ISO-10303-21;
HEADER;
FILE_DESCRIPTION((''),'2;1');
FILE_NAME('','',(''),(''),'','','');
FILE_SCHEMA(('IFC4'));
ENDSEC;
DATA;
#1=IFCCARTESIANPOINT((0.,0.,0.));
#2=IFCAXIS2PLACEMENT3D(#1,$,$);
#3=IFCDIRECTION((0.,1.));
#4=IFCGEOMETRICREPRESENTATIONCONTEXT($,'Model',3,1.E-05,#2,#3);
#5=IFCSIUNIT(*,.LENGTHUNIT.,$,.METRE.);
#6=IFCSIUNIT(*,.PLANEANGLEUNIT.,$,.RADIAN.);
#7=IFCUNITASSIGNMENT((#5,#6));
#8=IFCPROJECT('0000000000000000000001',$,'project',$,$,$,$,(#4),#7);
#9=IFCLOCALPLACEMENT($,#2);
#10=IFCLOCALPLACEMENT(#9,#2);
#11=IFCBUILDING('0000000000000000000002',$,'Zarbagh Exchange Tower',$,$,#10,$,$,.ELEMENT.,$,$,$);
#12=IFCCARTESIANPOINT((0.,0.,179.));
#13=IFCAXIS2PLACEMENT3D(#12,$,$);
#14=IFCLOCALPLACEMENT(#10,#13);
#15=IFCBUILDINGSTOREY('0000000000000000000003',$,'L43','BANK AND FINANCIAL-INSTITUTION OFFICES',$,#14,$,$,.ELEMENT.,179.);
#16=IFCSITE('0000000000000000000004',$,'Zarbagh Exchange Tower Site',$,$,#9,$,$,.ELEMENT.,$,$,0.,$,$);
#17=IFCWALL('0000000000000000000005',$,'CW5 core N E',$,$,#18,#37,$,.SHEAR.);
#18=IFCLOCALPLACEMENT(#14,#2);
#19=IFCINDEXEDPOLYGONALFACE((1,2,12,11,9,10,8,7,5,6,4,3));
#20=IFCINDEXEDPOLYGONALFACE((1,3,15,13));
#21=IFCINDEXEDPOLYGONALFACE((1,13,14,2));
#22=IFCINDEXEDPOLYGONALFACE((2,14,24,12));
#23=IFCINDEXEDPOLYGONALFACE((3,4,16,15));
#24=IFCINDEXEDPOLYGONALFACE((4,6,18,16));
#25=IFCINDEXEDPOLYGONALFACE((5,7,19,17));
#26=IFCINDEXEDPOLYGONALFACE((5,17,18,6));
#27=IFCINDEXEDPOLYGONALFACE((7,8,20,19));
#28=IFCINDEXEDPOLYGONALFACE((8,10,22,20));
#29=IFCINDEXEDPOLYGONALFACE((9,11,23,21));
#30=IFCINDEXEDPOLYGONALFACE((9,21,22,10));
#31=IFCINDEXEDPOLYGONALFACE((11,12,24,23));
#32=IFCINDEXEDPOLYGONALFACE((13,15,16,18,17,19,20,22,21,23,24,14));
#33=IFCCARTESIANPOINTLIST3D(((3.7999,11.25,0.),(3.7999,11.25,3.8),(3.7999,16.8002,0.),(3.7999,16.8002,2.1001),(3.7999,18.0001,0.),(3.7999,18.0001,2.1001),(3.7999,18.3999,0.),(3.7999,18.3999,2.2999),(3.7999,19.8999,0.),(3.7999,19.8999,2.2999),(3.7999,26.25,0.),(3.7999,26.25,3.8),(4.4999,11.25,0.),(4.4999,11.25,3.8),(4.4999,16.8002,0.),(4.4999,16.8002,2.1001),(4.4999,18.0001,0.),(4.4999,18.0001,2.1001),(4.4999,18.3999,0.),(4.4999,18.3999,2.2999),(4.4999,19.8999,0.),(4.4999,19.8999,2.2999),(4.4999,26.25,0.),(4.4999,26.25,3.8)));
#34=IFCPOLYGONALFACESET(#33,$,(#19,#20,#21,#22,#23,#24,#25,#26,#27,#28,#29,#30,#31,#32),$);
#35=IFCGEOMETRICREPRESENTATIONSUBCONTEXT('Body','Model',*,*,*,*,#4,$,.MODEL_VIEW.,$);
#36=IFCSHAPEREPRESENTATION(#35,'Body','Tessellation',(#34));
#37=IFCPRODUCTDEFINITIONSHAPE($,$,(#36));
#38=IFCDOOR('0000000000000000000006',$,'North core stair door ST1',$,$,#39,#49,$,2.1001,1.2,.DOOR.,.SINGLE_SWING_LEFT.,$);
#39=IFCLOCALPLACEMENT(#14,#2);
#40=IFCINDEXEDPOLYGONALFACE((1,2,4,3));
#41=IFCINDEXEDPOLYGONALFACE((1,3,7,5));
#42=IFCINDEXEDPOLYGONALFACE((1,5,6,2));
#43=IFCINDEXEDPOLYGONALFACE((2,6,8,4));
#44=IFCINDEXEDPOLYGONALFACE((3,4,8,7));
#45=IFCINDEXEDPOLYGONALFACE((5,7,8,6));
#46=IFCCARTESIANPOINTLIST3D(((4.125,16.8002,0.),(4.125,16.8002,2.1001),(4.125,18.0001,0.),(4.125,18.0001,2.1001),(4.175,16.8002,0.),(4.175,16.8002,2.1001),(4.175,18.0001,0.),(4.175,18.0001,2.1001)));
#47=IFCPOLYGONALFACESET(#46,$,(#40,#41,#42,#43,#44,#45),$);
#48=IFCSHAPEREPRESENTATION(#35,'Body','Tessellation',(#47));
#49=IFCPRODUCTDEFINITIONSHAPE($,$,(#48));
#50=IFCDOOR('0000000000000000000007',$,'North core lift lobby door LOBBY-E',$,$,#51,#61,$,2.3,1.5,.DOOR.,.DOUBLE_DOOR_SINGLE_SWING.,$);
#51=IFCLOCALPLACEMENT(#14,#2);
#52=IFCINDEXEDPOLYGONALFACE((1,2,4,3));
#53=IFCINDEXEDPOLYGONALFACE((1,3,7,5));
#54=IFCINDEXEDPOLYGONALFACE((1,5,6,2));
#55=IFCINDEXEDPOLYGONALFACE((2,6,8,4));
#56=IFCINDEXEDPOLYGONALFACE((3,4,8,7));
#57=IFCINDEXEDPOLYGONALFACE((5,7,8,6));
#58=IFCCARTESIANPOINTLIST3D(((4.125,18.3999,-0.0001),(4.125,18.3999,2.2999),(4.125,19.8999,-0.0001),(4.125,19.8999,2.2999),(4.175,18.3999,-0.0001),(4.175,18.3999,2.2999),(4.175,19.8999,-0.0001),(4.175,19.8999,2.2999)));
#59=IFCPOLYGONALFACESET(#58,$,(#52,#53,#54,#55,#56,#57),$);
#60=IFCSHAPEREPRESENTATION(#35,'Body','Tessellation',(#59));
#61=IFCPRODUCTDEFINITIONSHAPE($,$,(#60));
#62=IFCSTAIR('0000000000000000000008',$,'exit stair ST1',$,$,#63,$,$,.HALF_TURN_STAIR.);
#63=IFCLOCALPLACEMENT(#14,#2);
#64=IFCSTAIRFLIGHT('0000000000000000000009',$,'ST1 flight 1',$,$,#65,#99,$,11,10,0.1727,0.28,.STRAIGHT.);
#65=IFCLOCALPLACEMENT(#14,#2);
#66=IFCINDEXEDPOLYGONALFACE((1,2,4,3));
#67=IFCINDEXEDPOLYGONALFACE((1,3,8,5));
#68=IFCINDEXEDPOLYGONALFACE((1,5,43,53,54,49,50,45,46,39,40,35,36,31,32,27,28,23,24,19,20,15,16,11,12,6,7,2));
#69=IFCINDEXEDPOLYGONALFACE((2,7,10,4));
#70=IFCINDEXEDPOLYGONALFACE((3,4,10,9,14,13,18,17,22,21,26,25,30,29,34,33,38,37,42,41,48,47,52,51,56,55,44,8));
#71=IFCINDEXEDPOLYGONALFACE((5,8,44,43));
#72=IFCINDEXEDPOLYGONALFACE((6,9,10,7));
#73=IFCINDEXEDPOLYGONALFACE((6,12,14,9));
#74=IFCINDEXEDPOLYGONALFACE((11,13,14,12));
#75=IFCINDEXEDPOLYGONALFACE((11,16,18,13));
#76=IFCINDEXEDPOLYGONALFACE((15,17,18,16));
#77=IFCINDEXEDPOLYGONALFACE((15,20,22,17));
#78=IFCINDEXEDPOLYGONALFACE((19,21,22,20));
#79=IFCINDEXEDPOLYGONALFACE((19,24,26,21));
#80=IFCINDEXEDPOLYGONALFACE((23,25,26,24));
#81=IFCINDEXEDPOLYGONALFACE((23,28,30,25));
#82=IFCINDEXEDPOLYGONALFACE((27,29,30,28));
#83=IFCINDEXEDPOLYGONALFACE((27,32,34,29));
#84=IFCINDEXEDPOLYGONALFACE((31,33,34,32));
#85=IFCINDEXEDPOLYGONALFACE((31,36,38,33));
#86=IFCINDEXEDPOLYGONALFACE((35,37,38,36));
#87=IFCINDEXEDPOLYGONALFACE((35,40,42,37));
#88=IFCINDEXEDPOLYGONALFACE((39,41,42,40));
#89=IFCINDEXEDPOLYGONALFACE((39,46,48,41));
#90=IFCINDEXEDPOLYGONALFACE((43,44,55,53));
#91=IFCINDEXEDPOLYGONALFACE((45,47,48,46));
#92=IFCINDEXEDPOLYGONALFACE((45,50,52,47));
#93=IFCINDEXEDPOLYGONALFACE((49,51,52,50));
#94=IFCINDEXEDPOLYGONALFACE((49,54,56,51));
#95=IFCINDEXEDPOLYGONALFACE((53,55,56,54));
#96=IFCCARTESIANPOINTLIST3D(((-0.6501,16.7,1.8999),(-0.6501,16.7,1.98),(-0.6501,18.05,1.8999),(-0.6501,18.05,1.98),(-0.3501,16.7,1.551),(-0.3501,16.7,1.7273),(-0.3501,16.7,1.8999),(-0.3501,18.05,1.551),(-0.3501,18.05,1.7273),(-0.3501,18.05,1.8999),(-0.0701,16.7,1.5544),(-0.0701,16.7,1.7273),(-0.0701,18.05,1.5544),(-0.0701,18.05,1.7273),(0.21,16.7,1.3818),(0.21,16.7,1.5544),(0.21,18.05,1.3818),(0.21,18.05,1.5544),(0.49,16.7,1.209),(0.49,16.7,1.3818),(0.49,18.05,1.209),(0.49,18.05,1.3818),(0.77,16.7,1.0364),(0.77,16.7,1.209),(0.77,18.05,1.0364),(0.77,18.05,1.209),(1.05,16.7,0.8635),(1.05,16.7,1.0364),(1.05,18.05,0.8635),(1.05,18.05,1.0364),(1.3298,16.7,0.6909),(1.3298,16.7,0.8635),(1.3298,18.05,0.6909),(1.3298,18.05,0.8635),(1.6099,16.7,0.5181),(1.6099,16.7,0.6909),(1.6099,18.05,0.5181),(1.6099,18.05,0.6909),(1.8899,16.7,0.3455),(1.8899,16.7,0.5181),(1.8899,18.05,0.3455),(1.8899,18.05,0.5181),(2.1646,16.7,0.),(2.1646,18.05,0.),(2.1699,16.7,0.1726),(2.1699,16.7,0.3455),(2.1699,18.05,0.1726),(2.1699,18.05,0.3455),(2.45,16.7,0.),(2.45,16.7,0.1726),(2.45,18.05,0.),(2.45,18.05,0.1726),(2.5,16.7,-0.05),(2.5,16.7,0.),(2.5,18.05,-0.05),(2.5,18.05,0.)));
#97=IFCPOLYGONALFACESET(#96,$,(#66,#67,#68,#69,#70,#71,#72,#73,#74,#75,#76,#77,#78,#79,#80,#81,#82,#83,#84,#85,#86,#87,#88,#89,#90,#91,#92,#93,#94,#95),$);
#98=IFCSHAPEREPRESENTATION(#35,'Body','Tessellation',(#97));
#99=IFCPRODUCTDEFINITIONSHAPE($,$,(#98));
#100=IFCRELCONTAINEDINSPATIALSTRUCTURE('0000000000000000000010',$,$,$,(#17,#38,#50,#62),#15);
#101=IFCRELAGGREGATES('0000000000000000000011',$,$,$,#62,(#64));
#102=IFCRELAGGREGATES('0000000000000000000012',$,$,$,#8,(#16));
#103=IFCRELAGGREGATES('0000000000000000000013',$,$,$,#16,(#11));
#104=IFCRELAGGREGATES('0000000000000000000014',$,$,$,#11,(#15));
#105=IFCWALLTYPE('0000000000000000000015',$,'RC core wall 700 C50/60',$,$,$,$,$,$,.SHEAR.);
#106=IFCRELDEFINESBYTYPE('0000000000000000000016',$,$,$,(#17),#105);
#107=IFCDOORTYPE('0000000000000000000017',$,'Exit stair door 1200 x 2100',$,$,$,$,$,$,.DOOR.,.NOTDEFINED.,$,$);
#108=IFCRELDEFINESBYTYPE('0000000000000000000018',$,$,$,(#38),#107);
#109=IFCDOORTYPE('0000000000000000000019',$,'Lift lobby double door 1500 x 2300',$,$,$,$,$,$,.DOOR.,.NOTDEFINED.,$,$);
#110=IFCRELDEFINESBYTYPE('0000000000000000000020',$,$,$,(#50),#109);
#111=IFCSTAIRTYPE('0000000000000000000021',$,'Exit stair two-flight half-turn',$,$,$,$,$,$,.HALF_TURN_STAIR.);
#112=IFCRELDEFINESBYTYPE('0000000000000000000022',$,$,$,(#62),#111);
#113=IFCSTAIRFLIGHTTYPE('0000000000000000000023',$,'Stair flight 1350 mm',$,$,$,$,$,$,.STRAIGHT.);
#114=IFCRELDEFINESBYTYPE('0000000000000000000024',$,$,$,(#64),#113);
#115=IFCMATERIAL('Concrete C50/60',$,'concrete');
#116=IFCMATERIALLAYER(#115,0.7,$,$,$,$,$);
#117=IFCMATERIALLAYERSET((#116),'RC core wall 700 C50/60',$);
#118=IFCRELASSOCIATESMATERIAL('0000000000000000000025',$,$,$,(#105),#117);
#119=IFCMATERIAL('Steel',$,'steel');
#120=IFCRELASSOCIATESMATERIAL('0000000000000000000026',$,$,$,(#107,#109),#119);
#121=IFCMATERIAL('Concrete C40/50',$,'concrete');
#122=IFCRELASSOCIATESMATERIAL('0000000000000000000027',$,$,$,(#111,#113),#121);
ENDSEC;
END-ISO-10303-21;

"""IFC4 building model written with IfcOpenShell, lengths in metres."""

from ifc_helpers import new_model, si_unit, direction, frame, frame_2d, origin, place, context, subcontext, project, spatial, polyline, rectangle, outline, extrude, material, layer, layer_set, type_object, element, fill, aggregate, save


model = new_model("IFC4")

# Units and contexts
model_context = context("Model", 3, precision=1e-05, world=origin(), true_north=direction((0.0, 1.0)))
body_context = subcontext(model_context, "Body", "Model", "MODEL_VIEW")
ifc_project = project(units=[si_unit("LENGTHUNIT", "METRE"), si_unit("PLANEANGLEUNIT", "RADIAN")], contexts=[model_context])

# Site, building, storey
site_placement = place(None, origin())
site = spatial("IfcSite", under=ifc_project, at=site_placement, Name="Zarbagh Exchange Tower Site", CompositionType="ELEMENT", RefElevation=0.0)
building_placement = place(site_placement, origin())
building = spatial("IfcBuilding", under=site, at=building_placement, Name="Zarbagh Exchange Tower", CompositionType="ELEMENT")
storey_placement = place(building_placement, frame((0.0, 0.0, 179.0)))
storey = spatial("IfcBuildingStorey", under=building, at=storey_placement, Name="L43", Description="BANK AND FINANCIAL-INSTITUTION OFFICES", CompositionType="ELEMENT", Elevation=179.0)

# Shared definitions
ifc_material_1 = material(Name="Concrete C50/60", Category="concrete")

# Wall, openings, doors
ifc_layer_1 = layer(ifc_material_1, 0.7)
ifc_layer_set_1 = layer_set([ifc_layer_1], Name="RC core wall 700 C50/60")
wall_type_1 = type_object("IfcWallType", Name="RC core wall 700 C50/60", PredefinedType="SHEAR", material=ifc_layer_set_1)
wall_1_placement = place(storey_placement, frame((4.1499, 11.25, 0.0), z_axis=(0.0, 0.0, 1.0), x_axis=(0.0, 1.0, 0.0)))
wall_1 = element("IfcWall", 1, at=wall_1_placement, inside=storey, type_object=wall_type_1, Name="CW5 core N E", PredefinedType="SHEAR", context=body_context, shape_type="SweptSolid", body=[
    extrude(rectangle(XDim=15.0, YDim=0.7, at=frame_2d((7.5, 0.0))), origin(), (0.0, 0.0, 1.0), 3.8),
])
opening_1_placement = place(wall_1_placement, frame((7.1499, 0.0, 0.0)))
opening_1 = element("IfcOpeningElement", 2, at=opening_1_placement, cuts=wall_1, PredefinedType="OPENING", context=body_context, shape_type="SweptSolid", body=[
    extrude(rectangle(XDim=1.5, YDim=2.3, at=frame_2d((0.75, 1.1499))), frame((0.0, 0.3599, 0.0), z_axis=(0.0, -1.0, 0.0), x_axis=(1.0, 0.0, 0.0)), (0.0, 0.0, 1.0), 0.72),
])
opening_2_placement = place(wall_1_placement, frame((5.55, 0.0, 0.0)))
opening_2 = element("IfcOpeningElement", 3, at=opening_2_placement, cuts=wall_1, PredefinedType="OPENING", context=body_context, shape_type="SweptSolid", body=[
    extrude(rectangle(XDim=1.2, YDim=2.1001, at=frame_2d((0.6001, 1.05))), frame((0.0, 0.3599, 0.0), z_axis=(0.0, -1.0, 0.0), x_axis=(1.0, 0.0, 0.0)), (0.0, 0.0, 1.0), 0.72),
])
ifc_material_2 = material(Name="Steel", Category="steel")
door_type_1 = type_object("IfcDoorType", Name="Exit stair door 1200 x 2100", OperationType="NOTDEFINED", PredefinedType="DOOR", material=ifc_material_2)
door_1_placement = place(opening_2_placement, origin())
door_1 = element("IfcDoor", 4, at=door_1_placement, inside=storey, type_object=door_type_1, Name="North core stair door ST1", OperationType="SINGLE_SWING_LEFT", OverallHeight=2.1001, OverallWidth=1.2, PredefinedType="DOOR", context=body_context, shape_type="SweptSolid", body=[
    extrude(rectangle(XDim=1.2, YDim=2.1001, at=frame_2d((0.6001, 1.05))), frame((0.0, 0.0249, 0.0), z_axis=(0.0, -1.0, 0.0), x_axis=(1.0, 0.0, 0.0)), (0.0, 0.0, 1.0), 0.05),
])
fill(opening_2, door_1)
door_type_2 = type_object("IfcDoorType", Name="Lift lobby double door 1500 x 2300", OperationType="NOTDEFINED", PredefinedType="DOOR", material=ifc_material_2)
door_2_placement = place(opening_1_placement, origin())
door_2 = element("IfcDoor", 5, at=door_2_placement, inside=storey, type_object=door_type_2, Name="North core lift lobby door LOBBY-E", OperationType="DOUBLE_DOOR_SINGLE_SWING", OverallHeight=2.3, OverallWidth=1.5, PredefinedType="DOOR", context=body_context, shape_type="SweptSolid", body=[
    extrude(rectangle(XDim=1.5, YDim=2.3, at=frame_2d((0.75, 1.1499))), frame((0.0, 0.0249, 0.0), z_axis=(0.0, -1.0, 0.0), x_axis=(1.0, 0.0, 0.0)), (0.0, 0.0, 1.0), 0.05),
])
fill(opening_1, door_2)

# Stair, stair flight
ifc_material_3 = material(Name="Concrete C40/50", Category="concrete")
stair_type = type_object("IfcStairType", Name="Exit stair two-flight half-turn", PredefinedType="HALF_TURN_STAIR", material=ifc_material_3)
stair_placement = place(storey_placement, origin())
stair = element("IfcStair", 6, at=stair_placement, inside=storey, type_object=stair_type, Name="exit stair ST1", PredefinedType="HALF_TURN_STAIR")
stair_flight_type = type_object("IfcStairFlightType", Name="Stair flight 1350 mm", PredefinedType="STRAIGHT", material=ifc_material_3)
stair_flight_placement = place(storey_placement, frame((2.45, 17.375, 0.0), z_axis=(0.0, 0.0, 1.0), x_axis=(-1.0, 0.0, 0.0)))
stair_flight = element("IfcStairFlight", 7, at=stair_flight_placement, type_object=stair_flight_type, Name="ST1 flight 1", NumberOfRisers=11, NumberOfTreads=10, PredefinedType="STRAIGHT", RiserHeight=0.1727, TreadLength=0.28, context=body_context, shape_type="SweptSolid", body=[
    extrude(outline(polyline([(-0.05, -0.05), (-0.05, 0.0), (0.0, 0.0), (0.0, 0.1726), (0.28, 0.1726), (0.28, 0.3455), (0.5601, 0.3455), (0.5601, 0.5181), (0.8401, 0.5181), (0.8401, 0.6909), (1.1201, 0.6909), (1.1201, 0.8635), (1.3999, 0.8635), (1.3999, 1.0364), (1.6799, 1.0364), (1.6799, 1.209), (1.96, 1.209), (1.96, 1.3818), (2.24, 1.3818), (2.24, 1.5544), (2.52, 1.5544), (2.52, 1.7273), (2.8, 1.7273), (2.8, 1.8999), (3.1001, 1.98), (3.1001, 1.8999), (2.8, 1.551), (0.2854, 0.0), (-0.05, -0.05)])), frame((0.0, 0.675, 0.0), z_axis=(0.0, -1.0, 0.0), x_axis=(1.0, 0.0, 0.0)), (0.0, 0.0, 1.0), 1.3501),
])
aggregate(stair, [stair_flight])

save(model, "model.ifc")
